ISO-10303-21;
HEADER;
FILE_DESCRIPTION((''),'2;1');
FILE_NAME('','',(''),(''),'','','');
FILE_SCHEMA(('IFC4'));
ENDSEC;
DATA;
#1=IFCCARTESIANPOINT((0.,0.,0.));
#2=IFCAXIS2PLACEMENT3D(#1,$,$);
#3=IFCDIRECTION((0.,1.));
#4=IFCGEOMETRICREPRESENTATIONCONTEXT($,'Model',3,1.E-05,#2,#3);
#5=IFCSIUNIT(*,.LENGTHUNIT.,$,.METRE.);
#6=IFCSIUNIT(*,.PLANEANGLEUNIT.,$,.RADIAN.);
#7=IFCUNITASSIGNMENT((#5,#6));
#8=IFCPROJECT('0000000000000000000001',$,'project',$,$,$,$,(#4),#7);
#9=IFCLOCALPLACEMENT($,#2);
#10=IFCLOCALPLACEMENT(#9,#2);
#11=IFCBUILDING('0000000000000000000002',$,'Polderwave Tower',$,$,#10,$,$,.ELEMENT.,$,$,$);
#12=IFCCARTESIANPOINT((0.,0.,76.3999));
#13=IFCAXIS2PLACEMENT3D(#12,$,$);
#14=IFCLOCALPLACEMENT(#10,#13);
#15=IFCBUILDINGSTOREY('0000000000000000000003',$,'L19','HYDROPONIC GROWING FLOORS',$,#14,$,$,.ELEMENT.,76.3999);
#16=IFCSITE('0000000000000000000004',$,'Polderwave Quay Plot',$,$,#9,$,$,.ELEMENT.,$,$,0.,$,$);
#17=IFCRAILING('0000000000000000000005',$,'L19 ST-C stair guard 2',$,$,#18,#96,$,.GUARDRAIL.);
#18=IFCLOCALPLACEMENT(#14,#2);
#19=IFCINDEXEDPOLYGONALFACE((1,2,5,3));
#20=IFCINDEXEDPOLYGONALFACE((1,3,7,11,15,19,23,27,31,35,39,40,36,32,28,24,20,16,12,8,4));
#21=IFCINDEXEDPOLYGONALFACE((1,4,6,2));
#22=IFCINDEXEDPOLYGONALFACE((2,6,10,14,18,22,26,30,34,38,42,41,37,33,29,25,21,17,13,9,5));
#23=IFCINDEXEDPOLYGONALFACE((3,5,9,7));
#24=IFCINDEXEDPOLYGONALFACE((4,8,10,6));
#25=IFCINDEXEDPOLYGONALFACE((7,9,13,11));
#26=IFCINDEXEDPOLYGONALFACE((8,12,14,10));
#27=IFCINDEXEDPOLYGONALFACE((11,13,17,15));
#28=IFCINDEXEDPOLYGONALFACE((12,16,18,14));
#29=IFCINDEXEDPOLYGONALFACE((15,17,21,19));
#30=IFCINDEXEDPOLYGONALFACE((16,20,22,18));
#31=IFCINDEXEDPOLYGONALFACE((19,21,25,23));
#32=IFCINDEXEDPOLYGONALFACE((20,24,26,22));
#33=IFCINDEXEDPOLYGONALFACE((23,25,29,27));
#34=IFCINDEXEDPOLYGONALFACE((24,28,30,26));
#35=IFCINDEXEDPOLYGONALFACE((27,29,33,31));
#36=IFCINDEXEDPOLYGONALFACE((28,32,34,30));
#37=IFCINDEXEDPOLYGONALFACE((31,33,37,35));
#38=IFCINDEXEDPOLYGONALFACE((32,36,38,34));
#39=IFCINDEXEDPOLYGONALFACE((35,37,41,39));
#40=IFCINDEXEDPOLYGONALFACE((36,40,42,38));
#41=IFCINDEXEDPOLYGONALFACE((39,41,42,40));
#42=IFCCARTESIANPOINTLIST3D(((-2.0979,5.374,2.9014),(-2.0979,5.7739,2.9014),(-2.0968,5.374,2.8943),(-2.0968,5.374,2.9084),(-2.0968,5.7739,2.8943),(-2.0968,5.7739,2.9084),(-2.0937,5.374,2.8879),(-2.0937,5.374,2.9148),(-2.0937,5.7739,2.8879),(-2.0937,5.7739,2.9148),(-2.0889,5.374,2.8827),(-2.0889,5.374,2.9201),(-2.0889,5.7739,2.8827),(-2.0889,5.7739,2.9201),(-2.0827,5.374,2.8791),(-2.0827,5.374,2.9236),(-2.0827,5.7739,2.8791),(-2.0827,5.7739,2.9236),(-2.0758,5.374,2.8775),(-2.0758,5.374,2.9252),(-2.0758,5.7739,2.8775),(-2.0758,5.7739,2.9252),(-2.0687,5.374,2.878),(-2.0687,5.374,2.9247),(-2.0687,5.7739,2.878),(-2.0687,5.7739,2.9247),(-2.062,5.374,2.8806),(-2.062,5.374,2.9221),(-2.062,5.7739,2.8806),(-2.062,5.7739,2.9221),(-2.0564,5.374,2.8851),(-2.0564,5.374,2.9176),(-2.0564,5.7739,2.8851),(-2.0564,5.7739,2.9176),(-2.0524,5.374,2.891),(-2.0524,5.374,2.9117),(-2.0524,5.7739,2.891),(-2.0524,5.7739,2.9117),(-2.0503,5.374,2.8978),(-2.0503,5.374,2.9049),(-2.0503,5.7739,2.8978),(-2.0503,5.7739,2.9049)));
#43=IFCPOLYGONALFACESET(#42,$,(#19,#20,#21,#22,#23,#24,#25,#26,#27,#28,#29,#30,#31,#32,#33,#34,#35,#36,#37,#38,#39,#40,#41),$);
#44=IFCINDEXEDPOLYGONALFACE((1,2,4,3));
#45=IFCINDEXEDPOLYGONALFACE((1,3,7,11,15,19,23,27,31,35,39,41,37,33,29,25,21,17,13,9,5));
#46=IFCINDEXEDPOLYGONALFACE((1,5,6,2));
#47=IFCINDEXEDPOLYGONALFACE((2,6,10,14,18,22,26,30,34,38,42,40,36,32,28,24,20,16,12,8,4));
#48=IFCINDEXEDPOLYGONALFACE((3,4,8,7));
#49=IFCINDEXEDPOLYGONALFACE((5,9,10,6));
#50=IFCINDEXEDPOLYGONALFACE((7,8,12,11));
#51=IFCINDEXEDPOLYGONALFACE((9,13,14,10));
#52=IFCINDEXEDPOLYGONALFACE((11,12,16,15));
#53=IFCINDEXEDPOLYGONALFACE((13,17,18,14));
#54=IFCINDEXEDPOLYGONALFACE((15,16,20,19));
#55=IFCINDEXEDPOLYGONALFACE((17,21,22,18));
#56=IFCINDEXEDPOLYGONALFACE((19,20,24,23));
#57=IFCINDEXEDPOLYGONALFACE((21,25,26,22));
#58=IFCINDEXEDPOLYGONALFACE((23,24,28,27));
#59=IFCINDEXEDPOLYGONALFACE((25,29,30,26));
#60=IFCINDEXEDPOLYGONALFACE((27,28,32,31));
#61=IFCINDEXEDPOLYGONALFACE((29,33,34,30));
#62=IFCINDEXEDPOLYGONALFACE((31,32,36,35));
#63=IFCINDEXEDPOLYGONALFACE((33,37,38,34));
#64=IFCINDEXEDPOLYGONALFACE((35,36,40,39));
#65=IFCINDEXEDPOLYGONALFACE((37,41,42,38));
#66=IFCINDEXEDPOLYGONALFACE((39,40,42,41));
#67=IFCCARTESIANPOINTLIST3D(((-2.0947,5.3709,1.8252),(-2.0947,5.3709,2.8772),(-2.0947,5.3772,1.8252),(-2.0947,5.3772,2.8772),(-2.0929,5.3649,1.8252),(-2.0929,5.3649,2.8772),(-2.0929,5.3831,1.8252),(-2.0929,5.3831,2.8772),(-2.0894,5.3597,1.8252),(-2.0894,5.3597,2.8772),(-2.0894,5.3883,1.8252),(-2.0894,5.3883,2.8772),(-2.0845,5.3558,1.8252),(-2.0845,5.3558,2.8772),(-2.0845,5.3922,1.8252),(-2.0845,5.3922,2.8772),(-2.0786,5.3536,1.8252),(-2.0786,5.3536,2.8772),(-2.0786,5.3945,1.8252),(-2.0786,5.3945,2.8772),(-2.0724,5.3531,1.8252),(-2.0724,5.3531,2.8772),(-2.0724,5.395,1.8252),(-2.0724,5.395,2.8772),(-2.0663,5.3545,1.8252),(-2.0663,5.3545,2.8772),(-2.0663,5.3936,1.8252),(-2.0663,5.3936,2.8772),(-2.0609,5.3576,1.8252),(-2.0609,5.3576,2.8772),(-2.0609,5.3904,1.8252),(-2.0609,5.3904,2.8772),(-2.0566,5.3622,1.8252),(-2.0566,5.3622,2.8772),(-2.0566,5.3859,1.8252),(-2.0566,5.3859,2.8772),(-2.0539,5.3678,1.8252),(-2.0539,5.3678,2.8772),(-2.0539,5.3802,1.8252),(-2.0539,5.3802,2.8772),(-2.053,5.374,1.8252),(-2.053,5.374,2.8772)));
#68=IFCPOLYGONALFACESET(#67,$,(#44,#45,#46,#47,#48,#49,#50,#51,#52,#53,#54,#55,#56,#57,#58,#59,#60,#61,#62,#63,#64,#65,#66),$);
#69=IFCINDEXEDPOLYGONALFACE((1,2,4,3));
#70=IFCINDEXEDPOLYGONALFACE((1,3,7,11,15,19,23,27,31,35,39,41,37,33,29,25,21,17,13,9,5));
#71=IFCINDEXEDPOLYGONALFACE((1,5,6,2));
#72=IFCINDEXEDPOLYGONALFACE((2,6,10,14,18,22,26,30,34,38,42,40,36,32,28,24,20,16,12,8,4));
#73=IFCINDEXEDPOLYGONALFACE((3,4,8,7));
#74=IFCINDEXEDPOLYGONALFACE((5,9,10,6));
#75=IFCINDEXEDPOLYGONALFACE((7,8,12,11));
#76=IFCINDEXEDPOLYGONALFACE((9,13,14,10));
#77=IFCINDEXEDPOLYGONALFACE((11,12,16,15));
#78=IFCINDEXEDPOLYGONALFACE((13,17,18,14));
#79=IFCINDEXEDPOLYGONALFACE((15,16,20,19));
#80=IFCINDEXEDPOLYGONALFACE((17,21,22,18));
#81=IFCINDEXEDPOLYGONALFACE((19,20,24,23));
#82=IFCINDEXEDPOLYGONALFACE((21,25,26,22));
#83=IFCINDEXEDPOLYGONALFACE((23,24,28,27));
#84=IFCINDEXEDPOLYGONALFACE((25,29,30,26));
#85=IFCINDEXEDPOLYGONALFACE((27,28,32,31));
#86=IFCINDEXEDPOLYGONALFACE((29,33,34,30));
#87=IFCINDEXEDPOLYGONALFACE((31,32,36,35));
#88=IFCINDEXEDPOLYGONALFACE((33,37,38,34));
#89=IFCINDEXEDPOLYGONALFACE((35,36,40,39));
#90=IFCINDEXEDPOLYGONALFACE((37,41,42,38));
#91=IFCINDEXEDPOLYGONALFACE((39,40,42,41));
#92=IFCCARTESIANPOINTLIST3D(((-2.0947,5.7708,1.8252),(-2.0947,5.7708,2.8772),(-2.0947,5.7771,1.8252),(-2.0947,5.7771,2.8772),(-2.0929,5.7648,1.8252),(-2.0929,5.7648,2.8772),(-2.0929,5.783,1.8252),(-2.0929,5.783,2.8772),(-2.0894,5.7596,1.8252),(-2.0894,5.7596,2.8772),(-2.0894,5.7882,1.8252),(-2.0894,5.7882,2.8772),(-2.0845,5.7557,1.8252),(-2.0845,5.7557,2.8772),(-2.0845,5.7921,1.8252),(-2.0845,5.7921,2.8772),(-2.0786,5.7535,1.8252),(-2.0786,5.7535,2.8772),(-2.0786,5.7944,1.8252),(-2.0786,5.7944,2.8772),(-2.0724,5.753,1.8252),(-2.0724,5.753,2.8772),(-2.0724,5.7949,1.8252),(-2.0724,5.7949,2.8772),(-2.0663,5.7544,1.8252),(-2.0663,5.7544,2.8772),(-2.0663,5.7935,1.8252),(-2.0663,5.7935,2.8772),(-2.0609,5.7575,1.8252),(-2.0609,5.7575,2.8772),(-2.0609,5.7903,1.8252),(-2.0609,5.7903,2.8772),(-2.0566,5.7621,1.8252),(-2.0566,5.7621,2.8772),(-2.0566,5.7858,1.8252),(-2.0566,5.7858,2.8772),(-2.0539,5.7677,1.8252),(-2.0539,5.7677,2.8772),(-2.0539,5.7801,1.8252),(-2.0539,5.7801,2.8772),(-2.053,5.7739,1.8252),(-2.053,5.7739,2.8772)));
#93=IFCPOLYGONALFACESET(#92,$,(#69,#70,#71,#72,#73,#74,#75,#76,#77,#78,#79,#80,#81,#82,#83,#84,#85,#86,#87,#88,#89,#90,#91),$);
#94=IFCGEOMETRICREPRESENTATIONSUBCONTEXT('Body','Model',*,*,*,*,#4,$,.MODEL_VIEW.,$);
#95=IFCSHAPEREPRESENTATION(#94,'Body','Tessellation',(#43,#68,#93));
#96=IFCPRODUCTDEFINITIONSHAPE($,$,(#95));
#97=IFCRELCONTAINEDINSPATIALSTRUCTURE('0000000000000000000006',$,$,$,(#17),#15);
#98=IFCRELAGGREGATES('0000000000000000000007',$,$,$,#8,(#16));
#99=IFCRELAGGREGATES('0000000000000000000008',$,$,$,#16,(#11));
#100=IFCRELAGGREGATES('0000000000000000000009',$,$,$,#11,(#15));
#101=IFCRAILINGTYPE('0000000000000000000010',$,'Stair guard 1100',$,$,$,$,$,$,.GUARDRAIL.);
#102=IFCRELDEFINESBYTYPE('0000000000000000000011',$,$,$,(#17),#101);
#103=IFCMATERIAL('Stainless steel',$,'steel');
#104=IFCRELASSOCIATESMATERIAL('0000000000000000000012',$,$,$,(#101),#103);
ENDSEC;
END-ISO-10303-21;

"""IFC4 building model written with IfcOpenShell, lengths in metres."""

from ifc_helpers import new_model, si_unit, direction, frame, origin, origin_2d, place, context, subcontext, project, spatial, circle, extrude, material, type_object, element, save


model = new_model("IFC4")

# Units and contexts
model_context = context("Model", 3, precision=1e-05, world=origin(), true_north=direction((0.0, 1.0)))
body_context = subcontext(model_context, "Body", "Model", "MODEL_VIEW")
ifc_project = project(units=[si_unit("LENGTHUNIT", "METRE"), si_unit("PLANEANGLEUNIT", "RADIAN")], contexts=[model_context])

# Site, building, storey
site_placement = place(None, origin())
site = spatial("IfcSite", under=ifc_project, at=site_placement, Name="Polderwave Quay Plot", CompositionType="ELEMENT", RefElevation=0.0)
building_placement = place(site_placement, origin())
building = spatial("IfcBuilding", under=site, at=building_placement, Name="Polderwave Tower", CompositionType="ELEMENT")
storey_placement = place(building_placement, frame((0.0, 0.0, 76.3999)))
storey = spatial("IfcBuildingStorey", under=building, at=storey_placement, Name="L19", Description="HYDROPONIC GROWING FLOORS", CompositionType="ELEMENT", Elevation=76.3999)

# Railing
ifc_material_1 = material(Name="Stainless steel", Category="steel")
railing_type_1 = type_object("IfcRailingType", Name="Stair guard 1100", PredefinedType="GUARDRAIL", material=ifc_material_1)
railing_1_placement = place(storey_placement, frame((-2.074, 5.374, 1.8252)))
element("IfcRailing", 1, at=railing_1_placement, inside=storey, type_object=railing_type_1, Name="L19 ST-C stair guard 2", PredefinedType="GUARDRAIL", context=body_context, shape_type="SweptSolid", body=[
    extrude(circle(Radius=0.0239, at=origin_2d()), frame((0.0, 0.0, 1.0762), z_axis=(0.0, 1.0, 0.0), x_axis=(-1.0, 0.0, 0.0)), (0.0, 0.0, 1.0), 0.3999),
    extrude(circle(Radius=0.021, at=origin_2d()), origin(), (0.0, 0.0, 1.0), 1.052),
    extrude(circle(Radius=0.021, at=origin_2d()), frame((0.0, 0.3999, 0.0)), (0.0, 0.0, 1.0), 1.052),
])

save(model, "model.ifc")
